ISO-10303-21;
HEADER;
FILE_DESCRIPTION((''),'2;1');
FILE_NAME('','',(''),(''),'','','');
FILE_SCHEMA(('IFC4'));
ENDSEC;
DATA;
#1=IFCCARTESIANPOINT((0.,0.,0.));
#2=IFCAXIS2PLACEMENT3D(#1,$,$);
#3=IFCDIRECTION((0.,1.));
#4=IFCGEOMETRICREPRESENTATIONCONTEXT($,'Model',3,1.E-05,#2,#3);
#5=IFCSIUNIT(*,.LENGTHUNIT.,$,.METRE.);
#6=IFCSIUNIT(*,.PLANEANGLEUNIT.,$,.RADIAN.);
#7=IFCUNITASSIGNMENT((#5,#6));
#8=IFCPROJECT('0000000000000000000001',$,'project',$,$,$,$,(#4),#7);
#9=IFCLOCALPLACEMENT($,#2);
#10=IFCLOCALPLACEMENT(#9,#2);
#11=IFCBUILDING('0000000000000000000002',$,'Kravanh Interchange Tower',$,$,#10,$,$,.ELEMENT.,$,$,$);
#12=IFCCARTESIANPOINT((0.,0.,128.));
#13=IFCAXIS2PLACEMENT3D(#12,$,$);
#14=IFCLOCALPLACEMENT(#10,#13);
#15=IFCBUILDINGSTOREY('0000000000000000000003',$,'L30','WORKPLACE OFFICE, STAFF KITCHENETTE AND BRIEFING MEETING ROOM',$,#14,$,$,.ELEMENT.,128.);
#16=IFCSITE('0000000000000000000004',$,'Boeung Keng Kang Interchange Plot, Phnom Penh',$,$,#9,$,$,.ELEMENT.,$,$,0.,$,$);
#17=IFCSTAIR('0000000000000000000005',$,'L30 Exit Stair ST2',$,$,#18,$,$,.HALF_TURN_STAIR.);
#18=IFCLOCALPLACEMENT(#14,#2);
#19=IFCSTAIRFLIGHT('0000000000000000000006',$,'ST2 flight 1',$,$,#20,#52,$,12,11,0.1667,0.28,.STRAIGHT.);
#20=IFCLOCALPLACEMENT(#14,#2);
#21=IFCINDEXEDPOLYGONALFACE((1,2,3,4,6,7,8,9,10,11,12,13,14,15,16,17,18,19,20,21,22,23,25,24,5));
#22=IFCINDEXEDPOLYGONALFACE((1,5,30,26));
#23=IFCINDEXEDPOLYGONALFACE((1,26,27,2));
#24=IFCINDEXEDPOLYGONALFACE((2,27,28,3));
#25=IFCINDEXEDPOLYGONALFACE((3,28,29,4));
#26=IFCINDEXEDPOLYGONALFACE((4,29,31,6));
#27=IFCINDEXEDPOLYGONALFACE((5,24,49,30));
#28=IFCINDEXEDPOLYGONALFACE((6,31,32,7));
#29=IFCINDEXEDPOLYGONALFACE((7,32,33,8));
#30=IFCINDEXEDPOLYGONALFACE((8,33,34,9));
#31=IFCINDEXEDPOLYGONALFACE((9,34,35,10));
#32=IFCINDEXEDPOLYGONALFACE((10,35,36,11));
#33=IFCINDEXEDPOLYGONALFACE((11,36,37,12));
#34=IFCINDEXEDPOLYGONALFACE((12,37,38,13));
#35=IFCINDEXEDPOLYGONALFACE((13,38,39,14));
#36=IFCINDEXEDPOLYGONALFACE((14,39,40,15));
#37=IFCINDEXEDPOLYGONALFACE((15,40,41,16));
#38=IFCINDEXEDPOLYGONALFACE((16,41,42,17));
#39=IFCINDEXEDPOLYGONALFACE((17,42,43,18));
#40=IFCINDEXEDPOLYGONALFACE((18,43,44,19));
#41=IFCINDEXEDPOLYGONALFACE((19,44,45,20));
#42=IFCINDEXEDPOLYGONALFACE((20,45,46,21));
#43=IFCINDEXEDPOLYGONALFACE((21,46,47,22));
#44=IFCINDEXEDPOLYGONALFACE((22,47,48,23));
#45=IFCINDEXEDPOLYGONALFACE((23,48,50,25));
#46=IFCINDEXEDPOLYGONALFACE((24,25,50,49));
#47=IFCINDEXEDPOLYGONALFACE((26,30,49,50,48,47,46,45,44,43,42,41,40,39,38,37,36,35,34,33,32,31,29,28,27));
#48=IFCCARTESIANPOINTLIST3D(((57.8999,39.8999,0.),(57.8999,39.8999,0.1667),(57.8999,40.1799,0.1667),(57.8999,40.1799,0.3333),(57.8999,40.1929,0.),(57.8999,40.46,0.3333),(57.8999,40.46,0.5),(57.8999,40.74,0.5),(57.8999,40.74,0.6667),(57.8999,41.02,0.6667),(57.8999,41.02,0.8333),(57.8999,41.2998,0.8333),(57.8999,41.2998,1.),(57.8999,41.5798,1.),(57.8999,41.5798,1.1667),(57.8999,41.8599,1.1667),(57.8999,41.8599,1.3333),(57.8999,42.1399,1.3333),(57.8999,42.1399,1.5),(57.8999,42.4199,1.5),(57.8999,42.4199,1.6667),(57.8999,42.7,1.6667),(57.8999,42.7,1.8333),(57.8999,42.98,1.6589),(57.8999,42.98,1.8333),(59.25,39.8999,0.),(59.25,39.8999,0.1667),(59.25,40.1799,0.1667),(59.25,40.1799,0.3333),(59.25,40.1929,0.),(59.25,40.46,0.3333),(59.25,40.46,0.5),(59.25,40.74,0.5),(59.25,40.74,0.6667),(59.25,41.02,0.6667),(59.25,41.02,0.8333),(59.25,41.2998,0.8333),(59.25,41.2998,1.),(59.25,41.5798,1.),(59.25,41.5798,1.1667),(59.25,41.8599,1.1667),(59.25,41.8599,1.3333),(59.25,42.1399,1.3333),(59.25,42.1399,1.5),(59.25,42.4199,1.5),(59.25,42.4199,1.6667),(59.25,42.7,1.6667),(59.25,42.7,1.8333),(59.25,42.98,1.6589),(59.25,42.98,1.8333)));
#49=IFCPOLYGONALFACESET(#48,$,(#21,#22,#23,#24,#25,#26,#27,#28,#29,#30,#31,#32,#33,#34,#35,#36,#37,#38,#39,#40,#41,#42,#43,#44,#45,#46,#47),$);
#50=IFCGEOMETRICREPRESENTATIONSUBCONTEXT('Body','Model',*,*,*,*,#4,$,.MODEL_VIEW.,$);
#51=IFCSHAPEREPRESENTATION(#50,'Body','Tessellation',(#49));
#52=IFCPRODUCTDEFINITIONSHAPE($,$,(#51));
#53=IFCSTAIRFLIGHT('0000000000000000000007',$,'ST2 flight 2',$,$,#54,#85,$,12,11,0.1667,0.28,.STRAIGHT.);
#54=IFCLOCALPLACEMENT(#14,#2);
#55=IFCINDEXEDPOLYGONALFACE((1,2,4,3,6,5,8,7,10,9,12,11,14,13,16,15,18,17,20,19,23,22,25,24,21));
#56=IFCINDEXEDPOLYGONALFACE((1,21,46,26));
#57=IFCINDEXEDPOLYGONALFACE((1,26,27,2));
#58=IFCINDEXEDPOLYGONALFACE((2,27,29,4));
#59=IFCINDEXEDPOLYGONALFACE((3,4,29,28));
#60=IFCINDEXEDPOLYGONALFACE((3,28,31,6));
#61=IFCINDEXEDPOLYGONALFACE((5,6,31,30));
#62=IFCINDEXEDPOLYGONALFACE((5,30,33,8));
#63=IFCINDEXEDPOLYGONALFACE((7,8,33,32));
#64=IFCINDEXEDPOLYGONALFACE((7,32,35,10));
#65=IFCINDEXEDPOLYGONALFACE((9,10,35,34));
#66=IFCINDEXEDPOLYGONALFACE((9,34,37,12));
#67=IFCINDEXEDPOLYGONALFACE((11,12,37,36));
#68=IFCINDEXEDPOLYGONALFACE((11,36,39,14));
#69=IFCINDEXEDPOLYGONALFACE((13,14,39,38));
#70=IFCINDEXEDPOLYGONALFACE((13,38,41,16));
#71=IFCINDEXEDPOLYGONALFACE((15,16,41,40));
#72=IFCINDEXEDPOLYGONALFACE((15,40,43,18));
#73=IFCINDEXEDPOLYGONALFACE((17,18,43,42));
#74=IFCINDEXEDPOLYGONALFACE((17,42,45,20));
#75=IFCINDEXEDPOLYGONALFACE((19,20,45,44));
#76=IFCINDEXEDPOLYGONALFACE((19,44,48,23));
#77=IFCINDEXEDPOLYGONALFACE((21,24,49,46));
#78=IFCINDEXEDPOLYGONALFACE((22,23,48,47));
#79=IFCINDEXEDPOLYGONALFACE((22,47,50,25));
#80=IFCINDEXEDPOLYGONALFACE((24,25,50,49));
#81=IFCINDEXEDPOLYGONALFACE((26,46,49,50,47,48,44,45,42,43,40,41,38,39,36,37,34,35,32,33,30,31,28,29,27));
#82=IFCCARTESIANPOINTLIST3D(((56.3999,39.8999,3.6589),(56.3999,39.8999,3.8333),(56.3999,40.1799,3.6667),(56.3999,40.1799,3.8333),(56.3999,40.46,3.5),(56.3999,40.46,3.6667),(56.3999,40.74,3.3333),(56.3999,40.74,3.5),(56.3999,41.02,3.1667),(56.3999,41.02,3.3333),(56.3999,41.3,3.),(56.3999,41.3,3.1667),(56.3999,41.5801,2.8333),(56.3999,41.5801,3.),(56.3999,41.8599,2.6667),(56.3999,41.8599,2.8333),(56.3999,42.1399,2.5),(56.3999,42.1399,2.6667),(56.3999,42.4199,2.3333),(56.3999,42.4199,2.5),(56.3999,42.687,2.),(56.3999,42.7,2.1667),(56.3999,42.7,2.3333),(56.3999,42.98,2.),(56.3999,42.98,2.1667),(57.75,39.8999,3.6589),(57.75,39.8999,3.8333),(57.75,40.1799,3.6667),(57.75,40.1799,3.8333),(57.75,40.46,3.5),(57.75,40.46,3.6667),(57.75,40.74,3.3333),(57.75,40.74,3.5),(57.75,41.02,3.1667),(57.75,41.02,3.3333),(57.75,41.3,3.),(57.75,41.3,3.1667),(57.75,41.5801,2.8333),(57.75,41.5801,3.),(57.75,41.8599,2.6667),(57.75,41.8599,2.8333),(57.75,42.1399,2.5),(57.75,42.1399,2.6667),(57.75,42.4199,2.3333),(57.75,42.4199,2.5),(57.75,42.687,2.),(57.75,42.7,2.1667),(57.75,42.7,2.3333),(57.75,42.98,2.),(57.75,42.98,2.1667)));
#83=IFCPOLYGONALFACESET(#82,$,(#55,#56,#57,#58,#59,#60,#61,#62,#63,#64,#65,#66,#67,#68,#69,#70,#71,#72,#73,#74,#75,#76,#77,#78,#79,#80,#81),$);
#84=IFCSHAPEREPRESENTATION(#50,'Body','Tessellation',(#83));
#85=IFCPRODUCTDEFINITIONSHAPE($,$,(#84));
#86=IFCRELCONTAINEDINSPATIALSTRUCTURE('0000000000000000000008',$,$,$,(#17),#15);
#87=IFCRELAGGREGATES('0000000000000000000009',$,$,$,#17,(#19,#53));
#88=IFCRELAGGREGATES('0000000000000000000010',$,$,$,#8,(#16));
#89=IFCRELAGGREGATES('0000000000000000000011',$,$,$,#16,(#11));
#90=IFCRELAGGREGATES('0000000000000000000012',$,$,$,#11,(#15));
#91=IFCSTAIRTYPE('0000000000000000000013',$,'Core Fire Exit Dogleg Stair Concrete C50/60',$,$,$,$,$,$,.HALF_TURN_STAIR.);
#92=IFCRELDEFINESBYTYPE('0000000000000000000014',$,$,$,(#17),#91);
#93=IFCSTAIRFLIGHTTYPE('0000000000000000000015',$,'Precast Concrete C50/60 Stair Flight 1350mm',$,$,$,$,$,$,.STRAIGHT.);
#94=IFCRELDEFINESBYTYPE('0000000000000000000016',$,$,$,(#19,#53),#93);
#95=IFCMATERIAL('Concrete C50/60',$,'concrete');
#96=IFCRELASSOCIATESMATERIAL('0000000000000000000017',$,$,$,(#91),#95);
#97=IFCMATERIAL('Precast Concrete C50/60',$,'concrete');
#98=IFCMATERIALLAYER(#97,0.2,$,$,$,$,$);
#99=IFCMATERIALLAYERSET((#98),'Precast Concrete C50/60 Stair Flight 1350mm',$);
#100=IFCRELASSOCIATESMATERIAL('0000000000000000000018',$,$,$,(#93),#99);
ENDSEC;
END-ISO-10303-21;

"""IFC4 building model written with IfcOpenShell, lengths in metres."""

from ifc_helpers import new_model, si_unit, direction, frame, origin, place, context, subcontext, project, spatial, polyline, outline, extrude, material, layer, layer_set, type_object, element, aggregate, save


model = new_model("IFC4")

# Units and contexts
model_context = context("Model", 3, precision=1e-05, world=origin(), true_north=direction((0.0, 1.0)))
body_context = subcontext(model_context, "Body", "Model", "MODEL_VIEW")
ifc_project = project(units=[si_unit("LENGTHUNIT", "METRE"), si_unit("PLANEANGLEUNIT", "RADIAN")], contexts=[model_context])

# Site, building, storey
site_placement = place(None, origin())
site = spatial("IfcSite", under=ifc_project, at=site_placement, Name="Boeung Keng Kang Interchange Plot, Phnom Penh", CompositionType="ELEMENT", RefElevation=0.0)
building_placement = place(site_placement, origin())
building = spatial("IfcBuilding", under=site, at=building_placement, Name="Kravanh Interchange Tower", CompositionType="ELEMENT")
storey_placement = place(building_placement, frame((0.0, 0.0, 128.0)))
storey = spatial("IfcBuildingStorey", under=building, at=storey_placement, Name="L30", Description="WORKPLACE OFFICE, STAFF KITCHENETTE AND BRIEFING MEETING ROOM", CompositionType="ELEMENT", Elevation=128.0)

# Stair, stair flights
ifc_material_1 = material(Name="Concrete C50/60", Category="concrete")
stair_type = type_object("IfcStairType", Name="Core Fire Exit Dogleg Stair Concrete C50/60", PredefinedType="HALF_TURN_STAIR", material=ifc_material_1)
ifc_material_2 = material(Name="Precast Concrete C50/60", Category="concrete")
ifc_layer_1 = layer(ifc_material_2, 0.2)
ifc_layer_set_1 = layer_set([ifc_layer_1], Name="Precast Concrete C50/60 Stair Flight 1350mm")
stair_flight_type = type_object("IfcStairFlightType", Name="Precast Concrete C50/60 Stair Flight 1350mm", PredefinedType="STRAIGHT", material=ifc_layer_set_1)
stair_1_placement = place(storey_placement, origin())
stair_1 = element("IfcStair", 1, at=stair_1_placement, inside=storey, type_object=stair_type, Name="L30 Exit Stair ST2", PredefinedType="HALF_TURN_STAIR")
stair_flight_1_placement = place(storey_placement, frame((58.575, 39.8999, 0.0), z_axis=(0.0, 0.0, 1.0), x_axis=(0.0, 1.0, 0.0)))
stair_flight_1 = element("IfcStairFlight", 2, at=stair_flight_1_placement, type_object=stair_flight_type, Name="ST2 flight 1", NumberOfRisers=12, NumberOfTreads=11, PredefinedType="STRAIGHT", RiserHeight=0.1667, TreadLength=0.28, context=body_context, shape_type="SweptSolid", body=[
    extrude(outline(polyline([(0.0, 0.0), (0.0, 0.1667), (0.28, 0.1667), (0.28, 0.3333), (0.5601, 0.3333), (0.5601, 0.5), (0.8401, 0.5), (0.8401, 0.6667), (1.1201, 0.6667), (1.1201, 0.8333), (1.3999, 0.8333), (1.3999, 1.0), (1.6799, 1.0), (1.6799, 1.1667), (1.96, 1.1667), (1.96, 1.3333), (2.24, 1.3333), (2.24, 1.5), (2.52, 1.5), (2.52, 1.6667), (2.8, 1.6667), (2.8, 1.8333), (3.0801, 1.8333), (3.0801, 2.0), (3.0801, 1.6589), (0.293, 0.0), (0.0, 0.0)])), frame((0.0, 0.675, 0.0), z_axis=(0.0, -1.0, 0.0), x_axis=(1.0, 0.0, 0.0)), (0.0, 0.0, 1.0), 1.3501),
])
stair_flight_2_placement = place(storey_placement, frame((57.075, 42.98, 2.0), z_axis=(0.0, 0.0, 1.0), x_axis=(0.0, -1.0, 0.0)))
stair_flight_2 = element("IfcStairFlight", 3, at=stair_flight_2_placement, type_object=stair_flight_type, Name="ST2 flight 2", NumberOfRisers=12, NumberOfTreads=11, PredefinedType="STRAIGHT", RiserHeight=0.1667, TreadLength=0.28, context=body_context, shape_type="SweptSolid", body=[
    extrude(outline(polyline([(0.0, 0.0), (0.0, 0.1667), (0.28, 0.1667), (0.28, 0.3333), (0.5601, 0.3333), (0.5601, 0.5), (0.8401, 0.5), (0.8401, 0.6667), (1.1201, 0.6667), (1.1201, 0.8333), (1.3999, 0.8333), (1.3999, 1.0), (1.6799, 1.0), (1.6799, 1.1667), (1.96, 1.1667), (1.96, 1.3333), (2.24, 1.3333), (2.24, 1.5), (2.52, 1.5), (2.52, 1.6667), (2.8, 1.6667), (2.8, 1.8333), (3.0801, 1.8333), (3.0801, 2.0), (3.0801, 1.6589), (0.293, 0.0), (0.0, 0.0)])), frame((0.0, 0.675, 0.0), z_axis=(0.0, -1.0, 0.0), x_axis=(1.0, 0.0, 0.0)), (0.0, 0.0, 1.0), 1.3501),
])
aggregate(stair_1, [stair_flight_1, stair_flight_2])

save(model, "model.ifc")
